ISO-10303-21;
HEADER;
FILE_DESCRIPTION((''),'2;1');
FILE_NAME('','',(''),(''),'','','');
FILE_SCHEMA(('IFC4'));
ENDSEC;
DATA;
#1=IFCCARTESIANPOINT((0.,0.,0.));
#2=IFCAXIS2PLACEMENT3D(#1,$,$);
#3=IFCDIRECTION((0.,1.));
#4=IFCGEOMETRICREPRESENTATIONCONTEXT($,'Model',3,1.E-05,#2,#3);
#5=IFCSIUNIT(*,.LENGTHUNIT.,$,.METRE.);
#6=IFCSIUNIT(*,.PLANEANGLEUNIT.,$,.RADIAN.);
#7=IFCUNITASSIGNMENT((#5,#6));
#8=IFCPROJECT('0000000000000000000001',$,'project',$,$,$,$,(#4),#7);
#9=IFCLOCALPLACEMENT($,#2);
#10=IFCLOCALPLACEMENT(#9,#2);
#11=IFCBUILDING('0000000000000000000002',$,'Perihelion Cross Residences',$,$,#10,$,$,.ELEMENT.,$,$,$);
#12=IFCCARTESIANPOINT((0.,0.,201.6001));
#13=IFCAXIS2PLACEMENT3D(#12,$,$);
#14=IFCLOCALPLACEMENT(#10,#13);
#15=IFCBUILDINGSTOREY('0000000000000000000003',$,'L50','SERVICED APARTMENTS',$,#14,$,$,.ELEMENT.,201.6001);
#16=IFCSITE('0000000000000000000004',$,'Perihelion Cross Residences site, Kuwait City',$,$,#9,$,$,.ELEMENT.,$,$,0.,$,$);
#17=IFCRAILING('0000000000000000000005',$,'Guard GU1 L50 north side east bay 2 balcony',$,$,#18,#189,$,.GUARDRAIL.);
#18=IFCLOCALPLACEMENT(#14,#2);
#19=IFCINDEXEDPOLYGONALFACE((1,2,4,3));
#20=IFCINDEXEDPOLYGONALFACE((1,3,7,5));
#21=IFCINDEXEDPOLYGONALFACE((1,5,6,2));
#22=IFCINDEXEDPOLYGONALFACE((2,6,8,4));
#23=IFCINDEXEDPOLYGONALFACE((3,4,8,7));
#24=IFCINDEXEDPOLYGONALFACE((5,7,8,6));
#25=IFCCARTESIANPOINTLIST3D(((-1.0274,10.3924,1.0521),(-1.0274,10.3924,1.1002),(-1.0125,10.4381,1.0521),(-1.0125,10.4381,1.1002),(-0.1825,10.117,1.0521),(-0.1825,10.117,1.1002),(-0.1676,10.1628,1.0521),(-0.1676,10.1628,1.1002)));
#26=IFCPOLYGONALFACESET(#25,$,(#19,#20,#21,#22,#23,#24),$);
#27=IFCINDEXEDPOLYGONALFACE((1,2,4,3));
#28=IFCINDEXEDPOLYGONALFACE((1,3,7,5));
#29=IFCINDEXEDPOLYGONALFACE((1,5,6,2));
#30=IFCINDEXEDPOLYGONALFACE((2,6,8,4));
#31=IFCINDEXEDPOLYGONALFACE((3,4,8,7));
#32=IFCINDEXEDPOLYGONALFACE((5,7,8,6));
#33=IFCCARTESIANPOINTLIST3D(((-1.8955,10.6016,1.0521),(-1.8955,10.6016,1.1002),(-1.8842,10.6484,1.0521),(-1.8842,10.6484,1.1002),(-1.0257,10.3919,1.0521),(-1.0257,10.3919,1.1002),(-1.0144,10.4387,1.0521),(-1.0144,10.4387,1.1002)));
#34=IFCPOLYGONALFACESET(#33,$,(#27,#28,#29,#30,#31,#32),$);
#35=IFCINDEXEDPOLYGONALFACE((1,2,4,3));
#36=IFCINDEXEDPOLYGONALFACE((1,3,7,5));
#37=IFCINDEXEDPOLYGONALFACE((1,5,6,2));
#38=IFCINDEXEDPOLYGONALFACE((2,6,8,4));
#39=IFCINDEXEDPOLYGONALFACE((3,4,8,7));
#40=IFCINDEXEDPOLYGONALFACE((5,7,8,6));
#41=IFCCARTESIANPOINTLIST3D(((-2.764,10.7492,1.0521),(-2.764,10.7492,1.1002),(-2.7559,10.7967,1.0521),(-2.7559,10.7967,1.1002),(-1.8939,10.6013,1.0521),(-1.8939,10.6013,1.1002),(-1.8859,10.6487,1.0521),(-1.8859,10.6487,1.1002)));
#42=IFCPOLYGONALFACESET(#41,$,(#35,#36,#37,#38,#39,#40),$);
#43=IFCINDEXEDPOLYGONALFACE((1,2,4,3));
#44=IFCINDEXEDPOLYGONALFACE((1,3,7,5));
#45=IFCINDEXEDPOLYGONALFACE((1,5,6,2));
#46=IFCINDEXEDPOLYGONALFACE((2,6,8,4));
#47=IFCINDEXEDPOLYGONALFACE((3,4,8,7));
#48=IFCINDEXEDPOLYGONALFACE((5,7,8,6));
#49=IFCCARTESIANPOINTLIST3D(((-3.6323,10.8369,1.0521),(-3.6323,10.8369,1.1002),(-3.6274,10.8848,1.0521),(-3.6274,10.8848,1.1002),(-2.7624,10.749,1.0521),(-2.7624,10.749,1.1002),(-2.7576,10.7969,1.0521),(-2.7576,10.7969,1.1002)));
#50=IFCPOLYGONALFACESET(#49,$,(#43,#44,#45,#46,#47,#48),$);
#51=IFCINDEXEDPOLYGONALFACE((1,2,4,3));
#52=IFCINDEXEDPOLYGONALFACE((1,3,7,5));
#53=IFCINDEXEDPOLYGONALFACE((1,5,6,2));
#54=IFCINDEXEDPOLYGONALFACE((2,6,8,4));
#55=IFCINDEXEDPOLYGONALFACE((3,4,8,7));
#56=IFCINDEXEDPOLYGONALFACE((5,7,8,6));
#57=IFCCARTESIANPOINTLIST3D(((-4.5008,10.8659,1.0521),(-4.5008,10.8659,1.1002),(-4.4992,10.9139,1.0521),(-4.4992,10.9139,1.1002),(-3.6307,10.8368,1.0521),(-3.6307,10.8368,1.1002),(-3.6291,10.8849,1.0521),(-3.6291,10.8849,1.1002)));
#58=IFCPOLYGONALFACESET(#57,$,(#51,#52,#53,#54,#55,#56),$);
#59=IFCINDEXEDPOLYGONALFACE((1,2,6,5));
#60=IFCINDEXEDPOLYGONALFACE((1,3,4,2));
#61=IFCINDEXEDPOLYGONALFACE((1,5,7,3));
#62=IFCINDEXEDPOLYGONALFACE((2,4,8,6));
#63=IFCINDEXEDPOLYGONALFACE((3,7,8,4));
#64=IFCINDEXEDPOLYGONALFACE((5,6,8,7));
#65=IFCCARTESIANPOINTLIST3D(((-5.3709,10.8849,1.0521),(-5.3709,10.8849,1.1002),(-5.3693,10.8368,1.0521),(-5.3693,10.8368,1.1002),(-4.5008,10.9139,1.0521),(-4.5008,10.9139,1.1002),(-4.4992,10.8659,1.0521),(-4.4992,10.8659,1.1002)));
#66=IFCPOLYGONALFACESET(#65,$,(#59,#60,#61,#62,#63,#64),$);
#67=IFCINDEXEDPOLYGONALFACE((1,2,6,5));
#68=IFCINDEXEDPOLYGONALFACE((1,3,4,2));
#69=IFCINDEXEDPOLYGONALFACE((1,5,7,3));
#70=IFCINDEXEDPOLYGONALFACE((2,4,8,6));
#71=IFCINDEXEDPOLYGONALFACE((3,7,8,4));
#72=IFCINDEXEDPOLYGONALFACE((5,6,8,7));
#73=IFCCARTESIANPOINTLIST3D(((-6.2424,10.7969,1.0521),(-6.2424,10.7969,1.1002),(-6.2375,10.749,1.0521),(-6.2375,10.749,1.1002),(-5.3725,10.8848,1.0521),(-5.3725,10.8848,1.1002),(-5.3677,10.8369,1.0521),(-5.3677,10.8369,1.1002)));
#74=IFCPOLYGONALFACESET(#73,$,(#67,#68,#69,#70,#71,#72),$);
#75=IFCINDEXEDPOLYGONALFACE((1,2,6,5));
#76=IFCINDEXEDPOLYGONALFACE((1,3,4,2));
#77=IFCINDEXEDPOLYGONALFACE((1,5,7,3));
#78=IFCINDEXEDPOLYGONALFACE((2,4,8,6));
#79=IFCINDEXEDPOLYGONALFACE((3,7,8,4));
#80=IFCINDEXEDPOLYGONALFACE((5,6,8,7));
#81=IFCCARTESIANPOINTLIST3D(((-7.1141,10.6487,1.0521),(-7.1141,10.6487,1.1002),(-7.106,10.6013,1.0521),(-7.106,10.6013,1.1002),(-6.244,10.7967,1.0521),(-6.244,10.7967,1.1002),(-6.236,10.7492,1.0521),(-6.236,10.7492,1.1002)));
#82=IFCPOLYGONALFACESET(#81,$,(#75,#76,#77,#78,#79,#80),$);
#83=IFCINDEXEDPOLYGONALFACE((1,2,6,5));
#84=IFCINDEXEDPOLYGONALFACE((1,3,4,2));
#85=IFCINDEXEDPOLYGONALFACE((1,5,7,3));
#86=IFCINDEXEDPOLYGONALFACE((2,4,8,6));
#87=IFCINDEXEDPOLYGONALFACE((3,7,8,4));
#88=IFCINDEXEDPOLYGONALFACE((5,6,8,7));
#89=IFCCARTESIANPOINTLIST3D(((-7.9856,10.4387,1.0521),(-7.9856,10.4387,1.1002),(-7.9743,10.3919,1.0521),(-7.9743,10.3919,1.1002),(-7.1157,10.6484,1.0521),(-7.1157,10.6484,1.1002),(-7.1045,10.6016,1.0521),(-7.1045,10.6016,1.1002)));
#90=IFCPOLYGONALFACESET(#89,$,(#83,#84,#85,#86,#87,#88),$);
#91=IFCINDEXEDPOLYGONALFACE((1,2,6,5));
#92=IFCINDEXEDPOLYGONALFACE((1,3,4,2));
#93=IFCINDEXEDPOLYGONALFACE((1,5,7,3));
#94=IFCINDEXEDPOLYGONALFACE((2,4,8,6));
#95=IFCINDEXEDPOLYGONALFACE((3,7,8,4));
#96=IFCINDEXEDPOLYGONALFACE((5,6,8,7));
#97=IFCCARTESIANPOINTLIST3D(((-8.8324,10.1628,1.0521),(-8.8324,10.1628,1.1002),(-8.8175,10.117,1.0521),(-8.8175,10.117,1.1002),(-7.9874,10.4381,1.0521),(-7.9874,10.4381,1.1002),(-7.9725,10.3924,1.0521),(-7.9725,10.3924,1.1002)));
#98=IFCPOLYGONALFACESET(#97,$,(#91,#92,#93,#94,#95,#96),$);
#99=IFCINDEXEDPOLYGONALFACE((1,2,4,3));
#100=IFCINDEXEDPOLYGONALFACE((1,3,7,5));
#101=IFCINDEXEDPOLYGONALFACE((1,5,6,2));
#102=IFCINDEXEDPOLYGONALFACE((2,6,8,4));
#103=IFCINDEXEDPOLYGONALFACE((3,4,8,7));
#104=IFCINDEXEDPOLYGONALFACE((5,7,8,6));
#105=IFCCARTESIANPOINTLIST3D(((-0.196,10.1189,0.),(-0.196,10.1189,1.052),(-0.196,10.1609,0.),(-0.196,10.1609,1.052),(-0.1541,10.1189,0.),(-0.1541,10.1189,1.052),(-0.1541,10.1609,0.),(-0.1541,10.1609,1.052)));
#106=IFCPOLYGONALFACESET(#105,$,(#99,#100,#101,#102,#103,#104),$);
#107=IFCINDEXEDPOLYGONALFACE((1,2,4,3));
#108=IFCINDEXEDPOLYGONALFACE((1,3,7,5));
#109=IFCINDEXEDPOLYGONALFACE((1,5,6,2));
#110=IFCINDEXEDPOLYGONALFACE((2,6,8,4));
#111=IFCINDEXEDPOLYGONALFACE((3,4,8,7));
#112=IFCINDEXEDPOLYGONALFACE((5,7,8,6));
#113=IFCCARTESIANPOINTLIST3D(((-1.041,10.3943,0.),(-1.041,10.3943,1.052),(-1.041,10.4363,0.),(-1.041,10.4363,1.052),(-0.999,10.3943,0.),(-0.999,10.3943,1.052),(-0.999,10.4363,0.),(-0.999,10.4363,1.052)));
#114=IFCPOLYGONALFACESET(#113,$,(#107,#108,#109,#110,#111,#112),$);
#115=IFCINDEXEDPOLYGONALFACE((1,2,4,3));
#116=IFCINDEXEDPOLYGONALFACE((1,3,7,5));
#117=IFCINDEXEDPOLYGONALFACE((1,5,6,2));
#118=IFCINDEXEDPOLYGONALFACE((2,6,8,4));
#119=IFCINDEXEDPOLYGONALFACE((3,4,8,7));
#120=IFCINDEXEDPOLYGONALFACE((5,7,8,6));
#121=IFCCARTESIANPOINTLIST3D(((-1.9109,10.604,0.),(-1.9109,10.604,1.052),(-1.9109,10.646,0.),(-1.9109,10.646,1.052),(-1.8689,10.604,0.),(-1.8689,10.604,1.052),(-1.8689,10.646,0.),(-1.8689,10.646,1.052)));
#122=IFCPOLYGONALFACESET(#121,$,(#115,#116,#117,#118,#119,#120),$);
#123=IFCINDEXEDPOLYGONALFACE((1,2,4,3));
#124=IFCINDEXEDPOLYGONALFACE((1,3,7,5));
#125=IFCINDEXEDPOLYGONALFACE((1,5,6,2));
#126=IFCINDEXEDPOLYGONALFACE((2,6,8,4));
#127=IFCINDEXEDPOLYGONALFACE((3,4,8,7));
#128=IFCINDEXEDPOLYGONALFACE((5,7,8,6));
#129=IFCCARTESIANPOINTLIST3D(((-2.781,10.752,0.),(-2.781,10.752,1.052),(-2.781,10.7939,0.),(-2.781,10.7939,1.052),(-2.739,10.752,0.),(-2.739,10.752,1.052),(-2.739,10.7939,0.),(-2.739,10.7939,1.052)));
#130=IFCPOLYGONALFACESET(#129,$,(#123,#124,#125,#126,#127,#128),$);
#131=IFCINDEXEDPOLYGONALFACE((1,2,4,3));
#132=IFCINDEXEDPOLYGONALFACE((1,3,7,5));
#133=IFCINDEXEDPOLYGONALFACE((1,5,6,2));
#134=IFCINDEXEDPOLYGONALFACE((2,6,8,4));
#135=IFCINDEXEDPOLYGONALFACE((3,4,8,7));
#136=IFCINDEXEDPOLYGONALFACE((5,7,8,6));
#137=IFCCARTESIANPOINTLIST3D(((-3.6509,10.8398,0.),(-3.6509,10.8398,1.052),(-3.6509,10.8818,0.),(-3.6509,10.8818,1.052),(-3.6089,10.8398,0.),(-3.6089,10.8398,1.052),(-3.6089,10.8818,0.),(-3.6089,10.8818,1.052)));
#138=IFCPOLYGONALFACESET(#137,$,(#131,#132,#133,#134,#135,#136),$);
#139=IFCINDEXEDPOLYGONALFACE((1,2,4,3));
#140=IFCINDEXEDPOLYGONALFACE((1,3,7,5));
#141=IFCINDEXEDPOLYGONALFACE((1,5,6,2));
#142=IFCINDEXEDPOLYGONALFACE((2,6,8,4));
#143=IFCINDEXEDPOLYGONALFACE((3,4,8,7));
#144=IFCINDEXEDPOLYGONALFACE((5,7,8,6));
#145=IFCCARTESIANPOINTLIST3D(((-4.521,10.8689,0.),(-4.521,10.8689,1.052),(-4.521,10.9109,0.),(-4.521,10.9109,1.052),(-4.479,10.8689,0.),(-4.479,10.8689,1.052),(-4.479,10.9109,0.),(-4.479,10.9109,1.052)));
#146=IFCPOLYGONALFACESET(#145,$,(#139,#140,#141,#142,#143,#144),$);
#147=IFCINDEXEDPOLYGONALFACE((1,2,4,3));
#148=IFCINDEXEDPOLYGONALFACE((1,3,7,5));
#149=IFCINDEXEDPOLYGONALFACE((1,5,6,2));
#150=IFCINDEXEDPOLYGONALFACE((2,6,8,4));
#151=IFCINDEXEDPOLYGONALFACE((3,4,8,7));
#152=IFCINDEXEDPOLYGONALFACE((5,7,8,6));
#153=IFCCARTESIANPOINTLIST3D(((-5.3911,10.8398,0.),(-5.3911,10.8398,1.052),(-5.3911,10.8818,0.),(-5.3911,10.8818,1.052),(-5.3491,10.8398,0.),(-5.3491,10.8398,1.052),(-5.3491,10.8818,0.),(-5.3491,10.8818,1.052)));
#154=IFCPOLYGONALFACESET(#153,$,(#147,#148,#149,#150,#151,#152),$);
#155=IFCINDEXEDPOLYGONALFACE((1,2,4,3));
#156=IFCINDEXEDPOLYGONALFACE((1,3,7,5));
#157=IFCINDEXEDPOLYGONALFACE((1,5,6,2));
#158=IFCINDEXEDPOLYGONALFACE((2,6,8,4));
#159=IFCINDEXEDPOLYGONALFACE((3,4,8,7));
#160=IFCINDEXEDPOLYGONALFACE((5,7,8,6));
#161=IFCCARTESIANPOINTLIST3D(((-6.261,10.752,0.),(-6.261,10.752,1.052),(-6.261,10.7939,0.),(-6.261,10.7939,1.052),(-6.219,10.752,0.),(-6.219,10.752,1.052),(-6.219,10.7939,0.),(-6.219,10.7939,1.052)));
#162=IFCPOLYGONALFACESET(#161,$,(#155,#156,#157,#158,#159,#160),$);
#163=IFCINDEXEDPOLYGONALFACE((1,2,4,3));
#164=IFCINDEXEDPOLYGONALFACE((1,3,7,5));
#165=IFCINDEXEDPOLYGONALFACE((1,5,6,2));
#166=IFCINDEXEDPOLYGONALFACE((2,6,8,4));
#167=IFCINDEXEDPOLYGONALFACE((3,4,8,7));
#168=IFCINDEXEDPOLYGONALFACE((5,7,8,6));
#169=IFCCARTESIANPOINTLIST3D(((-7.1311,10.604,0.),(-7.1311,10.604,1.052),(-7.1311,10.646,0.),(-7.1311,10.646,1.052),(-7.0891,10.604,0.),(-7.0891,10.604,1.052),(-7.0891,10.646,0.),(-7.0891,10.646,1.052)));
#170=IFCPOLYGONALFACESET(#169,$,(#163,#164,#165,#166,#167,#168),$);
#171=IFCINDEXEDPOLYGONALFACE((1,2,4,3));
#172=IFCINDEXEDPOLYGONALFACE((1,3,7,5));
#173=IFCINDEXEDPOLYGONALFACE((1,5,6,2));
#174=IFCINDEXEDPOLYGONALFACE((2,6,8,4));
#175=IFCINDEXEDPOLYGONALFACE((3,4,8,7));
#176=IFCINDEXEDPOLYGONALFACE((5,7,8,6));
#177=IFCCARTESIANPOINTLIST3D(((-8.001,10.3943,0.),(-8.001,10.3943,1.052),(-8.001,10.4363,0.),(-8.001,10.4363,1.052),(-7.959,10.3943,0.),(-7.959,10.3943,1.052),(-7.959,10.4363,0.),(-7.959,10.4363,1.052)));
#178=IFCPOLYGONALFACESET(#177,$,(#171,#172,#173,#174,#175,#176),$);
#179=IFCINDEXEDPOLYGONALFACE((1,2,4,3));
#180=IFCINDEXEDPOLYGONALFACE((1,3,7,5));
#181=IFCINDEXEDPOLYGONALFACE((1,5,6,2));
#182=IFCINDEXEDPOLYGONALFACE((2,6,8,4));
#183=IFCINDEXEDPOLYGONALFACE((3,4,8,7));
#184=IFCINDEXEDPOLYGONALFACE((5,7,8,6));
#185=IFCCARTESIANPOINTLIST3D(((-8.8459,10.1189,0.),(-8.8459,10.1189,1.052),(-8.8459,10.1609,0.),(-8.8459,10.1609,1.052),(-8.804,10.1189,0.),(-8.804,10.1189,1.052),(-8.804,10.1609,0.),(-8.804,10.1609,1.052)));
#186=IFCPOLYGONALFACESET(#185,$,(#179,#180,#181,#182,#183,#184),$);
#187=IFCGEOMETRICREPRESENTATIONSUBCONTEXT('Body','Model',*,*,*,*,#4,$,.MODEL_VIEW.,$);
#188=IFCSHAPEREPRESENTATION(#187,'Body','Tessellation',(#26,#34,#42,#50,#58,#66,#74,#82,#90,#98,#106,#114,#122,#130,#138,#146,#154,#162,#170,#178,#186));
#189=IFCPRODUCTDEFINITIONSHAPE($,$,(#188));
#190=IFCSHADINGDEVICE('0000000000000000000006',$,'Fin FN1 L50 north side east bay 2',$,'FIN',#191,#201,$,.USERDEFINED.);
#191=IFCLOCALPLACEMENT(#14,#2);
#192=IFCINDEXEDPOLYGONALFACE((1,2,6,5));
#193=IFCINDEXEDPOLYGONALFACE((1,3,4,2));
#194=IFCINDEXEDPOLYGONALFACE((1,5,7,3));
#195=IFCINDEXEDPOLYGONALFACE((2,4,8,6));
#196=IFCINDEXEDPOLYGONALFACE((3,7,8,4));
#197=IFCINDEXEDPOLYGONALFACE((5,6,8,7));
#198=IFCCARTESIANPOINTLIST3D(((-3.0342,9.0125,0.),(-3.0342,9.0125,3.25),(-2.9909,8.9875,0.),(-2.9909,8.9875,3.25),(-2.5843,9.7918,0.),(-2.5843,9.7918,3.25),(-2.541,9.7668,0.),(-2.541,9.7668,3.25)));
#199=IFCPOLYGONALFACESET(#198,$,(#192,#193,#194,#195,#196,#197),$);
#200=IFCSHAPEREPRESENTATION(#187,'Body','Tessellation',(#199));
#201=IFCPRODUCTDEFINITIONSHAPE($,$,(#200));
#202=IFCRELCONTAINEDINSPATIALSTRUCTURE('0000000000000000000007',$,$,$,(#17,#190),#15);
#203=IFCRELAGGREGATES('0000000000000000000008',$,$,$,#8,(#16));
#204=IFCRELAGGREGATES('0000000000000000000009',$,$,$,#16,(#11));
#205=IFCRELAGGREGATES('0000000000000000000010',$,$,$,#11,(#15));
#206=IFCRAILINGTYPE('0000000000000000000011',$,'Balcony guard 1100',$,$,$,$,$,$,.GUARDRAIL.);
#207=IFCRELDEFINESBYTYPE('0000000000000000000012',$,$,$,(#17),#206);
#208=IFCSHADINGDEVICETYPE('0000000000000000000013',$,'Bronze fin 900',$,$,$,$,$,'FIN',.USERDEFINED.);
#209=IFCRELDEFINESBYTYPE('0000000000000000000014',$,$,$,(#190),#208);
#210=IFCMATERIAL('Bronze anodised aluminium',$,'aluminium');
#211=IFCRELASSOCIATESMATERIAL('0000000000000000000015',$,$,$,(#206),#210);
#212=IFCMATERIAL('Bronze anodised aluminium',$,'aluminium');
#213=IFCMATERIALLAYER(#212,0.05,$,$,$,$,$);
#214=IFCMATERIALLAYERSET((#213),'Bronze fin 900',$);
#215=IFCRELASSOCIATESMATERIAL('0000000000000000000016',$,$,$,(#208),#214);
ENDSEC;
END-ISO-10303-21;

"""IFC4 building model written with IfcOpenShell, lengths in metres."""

from ifc_helpers import new_model, si_unit, direction, frame, origin, origin_2d, place, context, subcontext, project, spatial, rectangle, extrude, material, layer, layer_set, type_object, element, save


model = new_model("IFC4")

# Units and contexts
model_context = context("Model", 3, precision=1e-05, world=origin(), true_north=direction((0.0, 1.0)))
body_context = subcontext(model_context, "Body", "Model", "MODEL_VIEW")
ifc_project = project(units=[si_unit("LENGTHUNIT", "METRE"), si_unit("PLANEANGLEUNIT", "RADIAN")], contexts=[model_context])

# Site, building, storey
site_placement = place(None, origin())
site = spatial("IfcSite", under=ifc_project, at=site_placement, Name="Perihelion Cross Residences site, Kuwait City", CompositionType="ELEMENT", RefElevation=0.0)
building_placement = place(site_placement, origin())
building = spatial("IfcBuilding", under=site, at=building_placement, Name="Perihelion Cross Residences", CompositionType="ELEMENT")
storey_placement = place(building_placement, frame((0.0, 0.0, 201.6001)))
storey = spatial("IfcBuildingStorey", under=building, at=storey_placement, Name="L50", Description="SERVICED APARTMENTS", CompositionType="ELEMENT", Elevation=201.6001)

# Railing
ifc_material_1 = material(Name="Bronze anodised aluminium", Category="aluminium")
railing_type = type_object("IfcRailingType", Name="Balcony guard 1100", PredefinedType="GUARDRAIL", material=ifc_material_1)
railing_1_placement = place(storey_placement, frame((-0.175, 10.1399, 0.0)))
element("IfcRailing", 1, at=railing_1_placement, inside=storey, type_object=railing_type, Name="Guard GU1 L50 north side east bay 2 balcony", PredefinedType="GUARDRAIL", context=body_context, shape_type="SweptSolid", body=[
    extrude(rectangle(XDim=0.0481, YDim=0.0481, at=origin_2d()), frame((0.0, 0.0, 1.0762), z_axis=(-0.950777, 0.309875, 0.0), x_axis=(-0.309875, -0.950777, 0.0)), (0.0, 0.0, 1.0), 0.8887),
    extrude(rectangle(XDim=0.0481, YDim=0.0481, at=origin_2d()), frame((-0.845, 0.2754, 1.0762), z_axis=(-0.972147, 0.234374, 0.0), x_axis=(-0.234374, -0.972147, 0.0)), (0.0, 0.0, 1.0), 0.8948),
    extrude(rectangle(XDim=0.0481, YDim=0.0481, at=origin_2d()), frame((-1.7148, 0.4851, 1.0762), z_axis=(-0.98585, 0.167628, 0.0), x_axis=(-0.167628, -0.98585, 0.0)), (0.0, 0.0, 1.0), 0.8826),
    extrude(rectangle(XDim=0.0481, YDim=0.0481, at=origin_2d()), frame((-2.585, 0.6331, 1.0762), z_axis=(-0.994934, 0.100527, 0.0), x_axis=(-0.100527, -0.994934, 0.0)), (0.0, 0.0, 1.0), 0.8743),
    extrude(rectangle(XDim=0.0481, YDim=0.0481, at=origin_2d()), frame((-3.4548, 0.7209, 1.0762), z_axis=(-0.999443, 0.033371, 0.0), x_axis=(-0.033371, -0.999443, 0.0)), (0.0, 0.0, 1.0), 0.8706),
    extrude(rectangle(XDim=0.0481, YDim=0.0481, at=origin_2d()), frame((-4.325, 0.75, 1.0762), z_axis=(-0.999443, -0.033371, 0.0), x_axis=(0.033371, -0.999443, 0.0)), (0.0, 0.0, 1.0), 0.8706),
    extrude(rectangle(XDim=0.0481, YDim=0.0481, at=origin_2d()), frame((-5.1951, 0.7209, 1.0762), z_axis=(-0.994934, -0.100527, 0.0), x_axis=(0.100527, -0.994934, 0.0)), (0.0, 0.0, 1.0), 0.8743),
    extrude(rectangle(XDim=0.0481, YDim=0.0481, at=origin_2d()), frame((-6.0649, 0.6331, 1.0762), z_axis=(-0.98585, -0.167628, 0.0), x_axis=(0.167628, -0.98585, 0.0)), (0.0, 0.0, 1.0), 0.8826),
    extrude(rectangle(XDim=0.0481, YDim=0.0481, at=origin_2d()), frame((-6.9351, 0.4851, 1.0762), z_axis=(-0.972147, -0.234374, 0.0), x_axis=(0.234374, -0.972147, 0.0)), (0.0, 0.0, 1.0), 0.8948),
    extrude(rectangle(XDim=0.0481, YDim=0.0481, at=origin_2d()), frame((-7.8049, 0.2754, 1.0762), z_axis=(-0.950777, -0.309875, 0.0), x_axis=(0.309875, -0.950777, 0.0)), (0.0, 0.0, 1.0), 0.8887),
    extrude(rectangle(XDim=0.042, YDim=0.042, at=origin_2d()), origin(), (0.0, 0.0, 1.0), 1.052),
    extrude(rectangle(XDim=0.042, YDim=0.042, at=origin_2d()), frame((-0.845, 0.2754, 0.0)), (0.0, 0.0, 1.0), 1.052),
    extrude(rectangle(XDim=0.042, YDim=0.042, at=origin_2d()), frame((-1.7148, 0.4851, 0.0)), (0.0, 0.0, 1.0), 1.052),
    extrude(rectangle(XDim=0.042, YDim=0.042, at=origin_2d()), frame((-2.585, 0.6331, 0.0)), (0.0, 0.0, 1.0), 1.052),
    extrude(rectangle(XDim=0.042, YDim=0.042, at=origin_2d()), frame((-3.4548, 0.7209, 0.0)), (0.0, 0.0, 1.0), 1.052),
    extrude(rectangle(XDim=0.042, YDim=0.042, at=origin_2d()), frame((-4.325, 0.75, 0.0)), (0.0, 0.0, 1.0), 1.052),
    extrude(rectangle(XDim=0.042, YDim=0.042, at=origin_2d()), frame((-5.1951, 0.7209, 0.0)), (0.0, 0.0, 1.0), 1.052),
    extrude(rectangle(XDim=0.042, YDim=0.042, at=origin_2d()), frame((-6.0649, 0.6331, 0.0)), (0.0, 0.0, 1.0), 1.052),
    extrude(rectangle(XDim=0.042, YDim=0.042, at=origin_2d()), frame((-6.9351, 0.4851, 0.0)), (0.0, 0.0, 1.0), 1.052),
    extrude(rectangle(XDim=0.042, YDim=0.042, at=origin_2d()), frame((-7.8049, 0.2754, 0.0)), (0.0, 0.0, 1.0), 1.052),
    extrude(rectangle(XDim=0.042, YDim=0.042, at=origin_2d()), frame((-8.6499, 0.0, 0.0)), (0.0, 0.0, 1.0), 1.052),
])

# Shading device
ifc_material_2 = material(Name="Bronze anodised aluminium", Category="aluminium")
ifc_layer_1 = layer(ifc_material_2, 0.05)
ifc_layer_set_1 = layer_set([ifc_layer_1], Name="Bronze fin 900")
shading_device_type = type_object("IfcShadingDeviceType", Name="Bronze fin 900", ElementType="FIN", PredefinedType="USERDEFINED", material=ifc_layer_set_1)
shading_device_placement = place(storey_placement, frame((-2.7876, 9.3896, 0.0), z_axis=(0.0, 0.0, 1.0), x_axis=(0.5, 0.866025, 0.0)))
element("IfcShadingDevice", 2, at=shading_device_placement, inside=storey, type_object=shading_device_type, Name="Fin FN1 L50 north side east bay 2", ObjectType="FIN", PredefinedType="USERDEFINED", context=body_context, shape_type="SweptSolid", body=[
    extrude(rectangle(XDim=0.8999, YDim=0.05, at=origin_2d()), origin(), (0.0, 0.0, 1.0), 3.25),
])

save(model, "model.ifc")
